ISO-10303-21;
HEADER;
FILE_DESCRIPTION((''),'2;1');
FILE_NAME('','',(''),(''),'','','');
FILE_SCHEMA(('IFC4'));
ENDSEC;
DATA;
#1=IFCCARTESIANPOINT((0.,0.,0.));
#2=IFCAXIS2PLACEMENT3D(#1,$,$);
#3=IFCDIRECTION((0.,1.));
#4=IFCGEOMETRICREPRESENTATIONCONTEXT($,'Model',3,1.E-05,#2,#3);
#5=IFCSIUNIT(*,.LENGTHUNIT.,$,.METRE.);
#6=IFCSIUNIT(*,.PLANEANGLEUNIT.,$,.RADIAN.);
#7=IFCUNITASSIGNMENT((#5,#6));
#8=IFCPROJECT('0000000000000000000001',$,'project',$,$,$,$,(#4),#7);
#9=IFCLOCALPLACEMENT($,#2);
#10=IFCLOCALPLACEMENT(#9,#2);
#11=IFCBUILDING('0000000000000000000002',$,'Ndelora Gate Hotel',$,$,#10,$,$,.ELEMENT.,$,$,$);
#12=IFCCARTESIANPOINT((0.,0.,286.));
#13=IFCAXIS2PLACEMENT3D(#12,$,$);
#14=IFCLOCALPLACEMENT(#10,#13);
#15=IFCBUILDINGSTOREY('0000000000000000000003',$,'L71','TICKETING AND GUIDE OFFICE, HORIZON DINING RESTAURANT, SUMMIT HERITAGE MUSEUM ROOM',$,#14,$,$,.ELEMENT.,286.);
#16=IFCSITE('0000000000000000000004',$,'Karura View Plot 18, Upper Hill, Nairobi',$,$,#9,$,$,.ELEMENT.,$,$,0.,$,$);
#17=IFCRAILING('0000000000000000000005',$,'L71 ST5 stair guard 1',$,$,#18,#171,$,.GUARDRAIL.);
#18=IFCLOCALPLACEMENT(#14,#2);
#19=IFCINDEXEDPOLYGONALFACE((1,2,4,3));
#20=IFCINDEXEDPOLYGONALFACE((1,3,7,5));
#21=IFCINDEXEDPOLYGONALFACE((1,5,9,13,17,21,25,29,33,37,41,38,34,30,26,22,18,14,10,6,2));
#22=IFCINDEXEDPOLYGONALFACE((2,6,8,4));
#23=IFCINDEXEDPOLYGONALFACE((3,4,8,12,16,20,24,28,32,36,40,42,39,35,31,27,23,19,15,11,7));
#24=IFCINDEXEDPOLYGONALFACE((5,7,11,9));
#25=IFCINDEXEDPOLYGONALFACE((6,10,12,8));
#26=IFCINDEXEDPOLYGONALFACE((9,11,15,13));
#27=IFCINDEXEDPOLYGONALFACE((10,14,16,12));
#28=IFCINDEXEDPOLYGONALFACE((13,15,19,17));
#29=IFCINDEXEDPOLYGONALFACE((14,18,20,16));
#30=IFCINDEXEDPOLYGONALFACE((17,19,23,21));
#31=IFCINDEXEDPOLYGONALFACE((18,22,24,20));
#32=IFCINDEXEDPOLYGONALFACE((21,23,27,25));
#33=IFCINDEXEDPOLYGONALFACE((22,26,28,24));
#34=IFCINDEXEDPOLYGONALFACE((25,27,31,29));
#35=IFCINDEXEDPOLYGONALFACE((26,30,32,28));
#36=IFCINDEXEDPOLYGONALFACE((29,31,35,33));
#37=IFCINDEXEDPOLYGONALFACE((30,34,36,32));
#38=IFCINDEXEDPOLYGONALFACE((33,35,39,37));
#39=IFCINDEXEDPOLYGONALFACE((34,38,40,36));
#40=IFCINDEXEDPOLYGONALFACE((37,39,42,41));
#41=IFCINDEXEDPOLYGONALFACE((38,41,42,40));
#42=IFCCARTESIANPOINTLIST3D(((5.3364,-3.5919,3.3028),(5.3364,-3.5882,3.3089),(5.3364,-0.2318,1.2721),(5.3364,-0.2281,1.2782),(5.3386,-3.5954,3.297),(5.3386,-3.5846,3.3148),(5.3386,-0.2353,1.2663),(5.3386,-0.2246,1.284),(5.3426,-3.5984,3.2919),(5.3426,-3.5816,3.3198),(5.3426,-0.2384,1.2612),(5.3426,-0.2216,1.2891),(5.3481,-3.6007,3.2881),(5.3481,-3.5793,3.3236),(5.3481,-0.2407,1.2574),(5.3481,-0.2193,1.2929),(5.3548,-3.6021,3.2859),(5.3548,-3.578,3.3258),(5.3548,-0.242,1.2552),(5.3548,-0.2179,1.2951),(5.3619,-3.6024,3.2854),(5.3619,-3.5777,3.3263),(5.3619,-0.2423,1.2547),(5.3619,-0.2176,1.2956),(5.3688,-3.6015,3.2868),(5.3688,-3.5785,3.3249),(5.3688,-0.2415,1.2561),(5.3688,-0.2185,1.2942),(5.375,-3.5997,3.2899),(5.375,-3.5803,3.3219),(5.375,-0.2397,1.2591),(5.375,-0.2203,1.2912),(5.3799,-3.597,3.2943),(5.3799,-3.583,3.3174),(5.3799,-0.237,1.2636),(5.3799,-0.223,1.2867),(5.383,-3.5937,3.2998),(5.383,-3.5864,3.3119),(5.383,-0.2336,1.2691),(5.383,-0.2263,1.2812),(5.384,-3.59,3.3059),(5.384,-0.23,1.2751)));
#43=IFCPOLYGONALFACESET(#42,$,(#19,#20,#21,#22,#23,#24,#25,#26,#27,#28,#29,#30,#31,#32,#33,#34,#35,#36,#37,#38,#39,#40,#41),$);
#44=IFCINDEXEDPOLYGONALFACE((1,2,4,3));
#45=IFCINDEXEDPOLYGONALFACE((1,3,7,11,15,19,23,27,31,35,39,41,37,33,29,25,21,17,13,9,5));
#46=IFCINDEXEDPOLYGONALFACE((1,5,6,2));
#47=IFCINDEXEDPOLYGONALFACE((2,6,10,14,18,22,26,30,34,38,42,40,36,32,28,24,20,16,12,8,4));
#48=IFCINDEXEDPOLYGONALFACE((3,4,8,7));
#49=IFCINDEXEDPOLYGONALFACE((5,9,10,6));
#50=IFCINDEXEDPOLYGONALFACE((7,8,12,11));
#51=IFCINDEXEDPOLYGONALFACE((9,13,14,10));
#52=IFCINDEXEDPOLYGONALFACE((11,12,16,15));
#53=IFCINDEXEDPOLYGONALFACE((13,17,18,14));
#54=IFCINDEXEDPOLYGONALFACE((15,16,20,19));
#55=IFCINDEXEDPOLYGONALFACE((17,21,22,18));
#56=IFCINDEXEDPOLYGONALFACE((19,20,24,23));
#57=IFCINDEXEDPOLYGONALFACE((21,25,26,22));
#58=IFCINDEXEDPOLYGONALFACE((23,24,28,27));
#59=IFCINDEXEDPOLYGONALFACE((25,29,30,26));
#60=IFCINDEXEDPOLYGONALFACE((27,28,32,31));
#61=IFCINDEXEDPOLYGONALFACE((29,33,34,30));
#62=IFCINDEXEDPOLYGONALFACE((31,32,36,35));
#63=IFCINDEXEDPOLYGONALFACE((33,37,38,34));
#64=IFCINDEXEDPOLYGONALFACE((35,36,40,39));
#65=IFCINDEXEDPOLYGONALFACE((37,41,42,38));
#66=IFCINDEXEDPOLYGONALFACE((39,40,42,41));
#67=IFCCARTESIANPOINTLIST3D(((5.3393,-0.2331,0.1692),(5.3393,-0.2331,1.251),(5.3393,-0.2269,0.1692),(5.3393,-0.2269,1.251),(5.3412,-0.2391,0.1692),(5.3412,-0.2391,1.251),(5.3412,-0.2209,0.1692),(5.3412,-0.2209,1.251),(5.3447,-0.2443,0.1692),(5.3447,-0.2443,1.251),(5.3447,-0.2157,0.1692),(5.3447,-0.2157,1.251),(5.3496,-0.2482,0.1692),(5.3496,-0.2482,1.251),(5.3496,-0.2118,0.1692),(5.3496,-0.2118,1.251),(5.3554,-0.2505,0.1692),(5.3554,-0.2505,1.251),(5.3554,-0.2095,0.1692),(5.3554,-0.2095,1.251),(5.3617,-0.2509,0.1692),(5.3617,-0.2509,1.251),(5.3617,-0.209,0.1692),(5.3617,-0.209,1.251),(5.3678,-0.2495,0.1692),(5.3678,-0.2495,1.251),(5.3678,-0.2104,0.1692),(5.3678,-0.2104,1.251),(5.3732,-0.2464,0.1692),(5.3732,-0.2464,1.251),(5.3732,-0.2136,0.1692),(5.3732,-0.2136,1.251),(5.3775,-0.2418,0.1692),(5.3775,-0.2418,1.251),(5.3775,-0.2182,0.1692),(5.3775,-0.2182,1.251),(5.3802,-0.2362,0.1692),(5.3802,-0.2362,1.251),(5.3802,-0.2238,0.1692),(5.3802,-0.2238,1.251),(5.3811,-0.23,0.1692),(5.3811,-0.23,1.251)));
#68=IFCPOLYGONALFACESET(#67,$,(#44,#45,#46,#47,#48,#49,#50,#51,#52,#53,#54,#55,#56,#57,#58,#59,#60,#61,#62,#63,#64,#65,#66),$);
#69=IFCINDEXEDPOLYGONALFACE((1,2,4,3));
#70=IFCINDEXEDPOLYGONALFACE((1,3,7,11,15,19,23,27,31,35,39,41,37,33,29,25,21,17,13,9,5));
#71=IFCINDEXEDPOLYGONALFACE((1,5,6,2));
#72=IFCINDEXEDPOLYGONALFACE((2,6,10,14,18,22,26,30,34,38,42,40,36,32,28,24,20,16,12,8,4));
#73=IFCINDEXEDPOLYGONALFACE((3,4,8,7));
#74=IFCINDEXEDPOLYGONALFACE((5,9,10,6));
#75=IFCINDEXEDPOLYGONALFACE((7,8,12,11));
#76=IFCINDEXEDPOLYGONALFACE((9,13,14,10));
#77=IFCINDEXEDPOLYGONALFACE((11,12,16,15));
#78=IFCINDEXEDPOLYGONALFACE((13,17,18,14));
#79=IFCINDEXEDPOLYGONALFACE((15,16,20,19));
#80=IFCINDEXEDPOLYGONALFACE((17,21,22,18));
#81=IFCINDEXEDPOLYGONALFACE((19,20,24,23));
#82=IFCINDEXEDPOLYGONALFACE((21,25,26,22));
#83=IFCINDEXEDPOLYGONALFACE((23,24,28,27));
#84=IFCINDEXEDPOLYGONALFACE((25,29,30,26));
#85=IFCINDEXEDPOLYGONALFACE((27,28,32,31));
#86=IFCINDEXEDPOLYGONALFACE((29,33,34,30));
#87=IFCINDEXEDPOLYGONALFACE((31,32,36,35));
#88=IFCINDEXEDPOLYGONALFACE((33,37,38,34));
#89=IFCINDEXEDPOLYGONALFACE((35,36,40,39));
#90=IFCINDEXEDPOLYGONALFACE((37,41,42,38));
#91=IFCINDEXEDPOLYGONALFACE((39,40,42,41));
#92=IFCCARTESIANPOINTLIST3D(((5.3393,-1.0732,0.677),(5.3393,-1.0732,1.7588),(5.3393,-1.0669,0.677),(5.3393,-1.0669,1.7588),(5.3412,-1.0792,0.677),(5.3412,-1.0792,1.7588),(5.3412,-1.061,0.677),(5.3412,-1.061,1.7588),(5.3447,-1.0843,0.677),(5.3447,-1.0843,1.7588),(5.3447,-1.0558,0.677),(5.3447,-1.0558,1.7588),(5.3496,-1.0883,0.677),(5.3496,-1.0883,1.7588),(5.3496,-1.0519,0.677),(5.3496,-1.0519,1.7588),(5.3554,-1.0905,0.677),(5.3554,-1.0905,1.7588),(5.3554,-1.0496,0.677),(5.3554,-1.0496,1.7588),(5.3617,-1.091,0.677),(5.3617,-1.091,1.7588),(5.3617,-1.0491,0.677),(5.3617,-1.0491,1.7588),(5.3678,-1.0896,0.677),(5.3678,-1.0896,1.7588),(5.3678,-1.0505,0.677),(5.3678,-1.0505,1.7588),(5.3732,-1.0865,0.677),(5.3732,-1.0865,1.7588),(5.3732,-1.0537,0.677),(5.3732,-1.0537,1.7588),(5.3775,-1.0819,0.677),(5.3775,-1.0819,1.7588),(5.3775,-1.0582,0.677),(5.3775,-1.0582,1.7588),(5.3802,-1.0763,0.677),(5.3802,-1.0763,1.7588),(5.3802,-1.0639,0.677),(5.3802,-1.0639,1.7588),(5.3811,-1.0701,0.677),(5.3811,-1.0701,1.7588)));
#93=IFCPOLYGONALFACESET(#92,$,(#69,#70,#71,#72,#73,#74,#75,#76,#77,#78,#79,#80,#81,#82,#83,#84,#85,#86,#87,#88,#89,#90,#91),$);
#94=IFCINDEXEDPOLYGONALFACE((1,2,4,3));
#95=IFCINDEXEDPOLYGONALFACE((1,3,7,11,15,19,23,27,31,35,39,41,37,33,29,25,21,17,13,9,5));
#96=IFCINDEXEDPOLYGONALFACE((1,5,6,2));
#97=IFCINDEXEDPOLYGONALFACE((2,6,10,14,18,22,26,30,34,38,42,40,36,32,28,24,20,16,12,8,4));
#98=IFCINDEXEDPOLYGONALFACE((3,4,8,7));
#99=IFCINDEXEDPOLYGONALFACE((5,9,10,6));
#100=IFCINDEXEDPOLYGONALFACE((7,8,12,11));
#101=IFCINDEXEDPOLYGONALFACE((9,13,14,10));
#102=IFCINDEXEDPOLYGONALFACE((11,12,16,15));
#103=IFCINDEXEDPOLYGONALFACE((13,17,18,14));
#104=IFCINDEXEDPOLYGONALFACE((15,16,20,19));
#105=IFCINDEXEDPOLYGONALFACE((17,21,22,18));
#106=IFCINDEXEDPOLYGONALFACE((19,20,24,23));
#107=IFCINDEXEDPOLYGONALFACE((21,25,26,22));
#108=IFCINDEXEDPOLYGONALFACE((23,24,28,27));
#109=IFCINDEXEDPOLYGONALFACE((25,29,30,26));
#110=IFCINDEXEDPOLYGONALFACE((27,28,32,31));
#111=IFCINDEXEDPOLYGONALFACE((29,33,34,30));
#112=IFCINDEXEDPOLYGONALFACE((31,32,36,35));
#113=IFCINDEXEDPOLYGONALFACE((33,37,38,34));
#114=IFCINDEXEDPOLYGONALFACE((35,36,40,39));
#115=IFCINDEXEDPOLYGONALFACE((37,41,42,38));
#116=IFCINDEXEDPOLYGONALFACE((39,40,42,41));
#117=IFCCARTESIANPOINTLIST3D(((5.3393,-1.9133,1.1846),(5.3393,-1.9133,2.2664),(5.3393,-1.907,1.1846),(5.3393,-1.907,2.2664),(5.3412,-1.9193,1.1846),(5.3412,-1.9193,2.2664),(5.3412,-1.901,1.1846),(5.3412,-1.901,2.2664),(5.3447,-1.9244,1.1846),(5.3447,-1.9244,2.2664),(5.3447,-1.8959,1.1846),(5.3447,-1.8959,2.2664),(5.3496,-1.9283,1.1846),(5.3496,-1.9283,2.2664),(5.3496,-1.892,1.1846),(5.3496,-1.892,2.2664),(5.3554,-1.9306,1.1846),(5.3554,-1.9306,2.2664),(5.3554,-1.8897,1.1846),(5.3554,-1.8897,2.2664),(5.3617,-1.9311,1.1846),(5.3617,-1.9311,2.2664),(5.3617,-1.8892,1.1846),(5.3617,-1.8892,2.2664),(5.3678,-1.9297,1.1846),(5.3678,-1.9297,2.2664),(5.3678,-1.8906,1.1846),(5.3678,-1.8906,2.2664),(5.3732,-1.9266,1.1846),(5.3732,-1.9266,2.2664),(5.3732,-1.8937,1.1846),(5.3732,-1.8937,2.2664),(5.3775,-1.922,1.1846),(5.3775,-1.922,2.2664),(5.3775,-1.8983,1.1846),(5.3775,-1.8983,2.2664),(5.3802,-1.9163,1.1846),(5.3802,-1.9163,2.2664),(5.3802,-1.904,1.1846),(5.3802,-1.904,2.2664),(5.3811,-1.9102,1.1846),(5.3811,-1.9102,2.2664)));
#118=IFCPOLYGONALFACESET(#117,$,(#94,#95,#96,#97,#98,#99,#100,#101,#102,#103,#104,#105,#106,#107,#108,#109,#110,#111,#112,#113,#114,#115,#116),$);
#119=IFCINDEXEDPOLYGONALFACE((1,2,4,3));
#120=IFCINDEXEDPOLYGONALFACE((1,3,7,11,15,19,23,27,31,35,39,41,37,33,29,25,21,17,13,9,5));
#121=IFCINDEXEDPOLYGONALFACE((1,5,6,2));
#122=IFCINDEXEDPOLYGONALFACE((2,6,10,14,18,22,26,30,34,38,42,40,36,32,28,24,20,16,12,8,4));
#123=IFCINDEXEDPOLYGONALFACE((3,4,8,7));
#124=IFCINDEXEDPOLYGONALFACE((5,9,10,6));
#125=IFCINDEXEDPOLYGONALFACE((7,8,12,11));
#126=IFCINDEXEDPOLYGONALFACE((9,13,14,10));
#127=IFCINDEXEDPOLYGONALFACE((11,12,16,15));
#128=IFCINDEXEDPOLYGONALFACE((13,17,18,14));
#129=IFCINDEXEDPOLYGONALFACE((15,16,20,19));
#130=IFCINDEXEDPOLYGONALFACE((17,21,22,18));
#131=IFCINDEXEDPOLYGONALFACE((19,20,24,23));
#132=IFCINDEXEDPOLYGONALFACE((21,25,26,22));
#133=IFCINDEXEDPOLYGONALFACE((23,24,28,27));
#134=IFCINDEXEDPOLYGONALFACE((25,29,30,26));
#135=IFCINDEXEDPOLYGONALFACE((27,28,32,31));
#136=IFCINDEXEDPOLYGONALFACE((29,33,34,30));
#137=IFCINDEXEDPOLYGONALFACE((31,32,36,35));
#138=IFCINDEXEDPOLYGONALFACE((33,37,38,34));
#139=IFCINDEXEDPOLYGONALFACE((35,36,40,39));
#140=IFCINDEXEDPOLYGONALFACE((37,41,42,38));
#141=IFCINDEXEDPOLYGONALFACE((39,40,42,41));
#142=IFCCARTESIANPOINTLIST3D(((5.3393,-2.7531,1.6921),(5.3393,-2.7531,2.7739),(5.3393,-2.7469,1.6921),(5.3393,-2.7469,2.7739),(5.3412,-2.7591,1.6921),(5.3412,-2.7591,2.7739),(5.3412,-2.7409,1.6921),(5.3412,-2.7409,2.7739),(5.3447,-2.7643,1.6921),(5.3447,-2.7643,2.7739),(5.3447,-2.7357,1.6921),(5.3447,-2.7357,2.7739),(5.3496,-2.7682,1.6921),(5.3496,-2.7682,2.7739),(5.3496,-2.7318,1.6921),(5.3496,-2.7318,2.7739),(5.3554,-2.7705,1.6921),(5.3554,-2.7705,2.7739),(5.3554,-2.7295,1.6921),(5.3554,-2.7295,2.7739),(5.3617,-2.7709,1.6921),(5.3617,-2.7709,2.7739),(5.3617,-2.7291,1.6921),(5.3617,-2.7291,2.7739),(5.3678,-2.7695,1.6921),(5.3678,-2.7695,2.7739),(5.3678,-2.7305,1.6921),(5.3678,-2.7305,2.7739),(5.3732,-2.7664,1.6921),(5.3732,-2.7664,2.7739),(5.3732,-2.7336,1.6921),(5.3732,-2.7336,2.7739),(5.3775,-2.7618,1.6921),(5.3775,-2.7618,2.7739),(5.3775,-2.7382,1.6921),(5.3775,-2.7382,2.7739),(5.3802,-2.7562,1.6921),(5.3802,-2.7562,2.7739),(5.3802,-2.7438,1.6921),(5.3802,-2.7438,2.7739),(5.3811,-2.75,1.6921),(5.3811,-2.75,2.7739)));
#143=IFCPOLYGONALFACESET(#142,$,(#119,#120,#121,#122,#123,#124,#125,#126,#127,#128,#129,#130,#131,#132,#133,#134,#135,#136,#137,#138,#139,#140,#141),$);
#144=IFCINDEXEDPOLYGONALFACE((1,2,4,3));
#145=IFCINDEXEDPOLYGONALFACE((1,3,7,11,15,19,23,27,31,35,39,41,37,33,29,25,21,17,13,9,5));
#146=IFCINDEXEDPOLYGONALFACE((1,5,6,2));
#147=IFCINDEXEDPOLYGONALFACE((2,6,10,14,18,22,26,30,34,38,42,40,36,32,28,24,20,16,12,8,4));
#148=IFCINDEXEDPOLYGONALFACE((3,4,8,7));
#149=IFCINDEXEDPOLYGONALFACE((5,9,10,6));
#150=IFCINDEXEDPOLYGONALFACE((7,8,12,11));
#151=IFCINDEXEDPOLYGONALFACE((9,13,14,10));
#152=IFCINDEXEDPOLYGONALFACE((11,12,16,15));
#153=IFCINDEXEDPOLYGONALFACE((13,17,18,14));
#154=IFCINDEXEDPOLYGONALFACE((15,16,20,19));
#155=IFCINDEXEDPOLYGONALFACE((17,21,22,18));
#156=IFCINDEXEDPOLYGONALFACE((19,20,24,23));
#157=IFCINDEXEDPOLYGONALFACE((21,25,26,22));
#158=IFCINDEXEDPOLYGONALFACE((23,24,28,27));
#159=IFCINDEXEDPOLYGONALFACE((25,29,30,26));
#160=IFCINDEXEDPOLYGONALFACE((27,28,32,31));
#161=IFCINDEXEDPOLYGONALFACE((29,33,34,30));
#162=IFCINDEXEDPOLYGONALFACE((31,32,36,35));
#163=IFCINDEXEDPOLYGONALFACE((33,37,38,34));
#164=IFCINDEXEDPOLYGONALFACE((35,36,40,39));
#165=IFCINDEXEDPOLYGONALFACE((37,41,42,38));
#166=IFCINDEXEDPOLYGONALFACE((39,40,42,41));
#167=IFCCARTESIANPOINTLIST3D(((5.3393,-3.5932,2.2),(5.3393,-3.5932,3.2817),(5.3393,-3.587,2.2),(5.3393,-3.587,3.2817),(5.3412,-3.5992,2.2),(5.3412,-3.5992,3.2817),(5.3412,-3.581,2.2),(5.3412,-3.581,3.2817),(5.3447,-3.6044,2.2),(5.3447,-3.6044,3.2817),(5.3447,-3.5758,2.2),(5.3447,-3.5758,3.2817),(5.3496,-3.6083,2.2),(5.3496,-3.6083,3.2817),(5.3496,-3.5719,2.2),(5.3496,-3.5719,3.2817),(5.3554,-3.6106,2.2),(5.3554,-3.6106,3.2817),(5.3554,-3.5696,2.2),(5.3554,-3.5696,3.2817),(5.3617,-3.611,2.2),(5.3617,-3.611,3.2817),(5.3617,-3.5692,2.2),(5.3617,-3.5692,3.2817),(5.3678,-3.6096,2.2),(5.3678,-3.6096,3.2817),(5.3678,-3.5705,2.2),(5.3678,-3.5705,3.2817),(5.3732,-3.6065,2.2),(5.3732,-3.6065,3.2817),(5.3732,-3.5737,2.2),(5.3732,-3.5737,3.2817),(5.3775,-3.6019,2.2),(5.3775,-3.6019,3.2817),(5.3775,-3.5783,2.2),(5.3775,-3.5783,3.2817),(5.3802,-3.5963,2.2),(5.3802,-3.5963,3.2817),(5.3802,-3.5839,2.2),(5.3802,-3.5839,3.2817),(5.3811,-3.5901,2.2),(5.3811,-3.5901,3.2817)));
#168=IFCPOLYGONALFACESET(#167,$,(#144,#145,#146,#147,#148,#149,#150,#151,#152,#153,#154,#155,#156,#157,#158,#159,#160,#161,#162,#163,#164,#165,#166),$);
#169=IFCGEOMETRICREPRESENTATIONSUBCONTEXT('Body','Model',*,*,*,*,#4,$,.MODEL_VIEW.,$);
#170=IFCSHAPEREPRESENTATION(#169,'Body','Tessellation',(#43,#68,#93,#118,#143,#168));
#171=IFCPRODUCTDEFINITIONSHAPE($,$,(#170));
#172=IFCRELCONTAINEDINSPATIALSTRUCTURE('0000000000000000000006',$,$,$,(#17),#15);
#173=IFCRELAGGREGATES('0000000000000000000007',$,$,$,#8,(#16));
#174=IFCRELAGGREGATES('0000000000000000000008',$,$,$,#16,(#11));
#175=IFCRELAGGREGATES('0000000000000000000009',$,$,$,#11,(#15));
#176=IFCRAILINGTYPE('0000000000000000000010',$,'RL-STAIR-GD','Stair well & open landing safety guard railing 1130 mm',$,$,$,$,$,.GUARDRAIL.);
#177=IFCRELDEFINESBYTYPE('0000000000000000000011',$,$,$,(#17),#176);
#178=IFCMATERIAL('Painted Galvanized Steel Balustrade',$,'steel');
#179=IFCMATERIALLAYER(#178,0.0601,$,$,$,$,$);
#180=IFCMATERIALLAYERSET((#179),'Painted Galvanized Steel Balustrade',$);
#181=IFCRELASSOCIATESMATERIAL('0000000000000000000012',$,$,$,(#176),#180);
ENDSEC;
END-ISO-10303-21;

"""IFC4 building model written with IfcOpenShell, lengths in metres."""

from ifc_helpers import new_model, si_unit, direction, frame, origin, origin_2d, place, context, subcontext, project, spatial, circle, extrude, material, layer, layer_set, type_object, element, save


model = new_model("IFC4")

# Units and contexts
model_context = context("Model", 3, precision=1e-05, world=origin(), true_north=direction((0.0, 1.0)))
body_context = subcontext(model_context, "Body", "Model", "MODEL_VIEW")
ifc_project = project(units=[si_unit("LENGTHUNIT", "METRE"), si_unit("PLANEANGLEUNIT", "RADIAN")], contexts=[model_context])

# Site, building, storey
site_placement = place(None, origin())
site = spatial("IfcSite", under=ifc_project, at=site_placement, Name="Karura View Plot 18, Upper Hill, Nairobi", CompositionType="ELEMENT", RefElevation=0.0)
building_placement = place(site_placement, origin())
building = spatial("IfcBuilding", under=site, at=building_placement, Name="Ndelora Gate Hotel", CompositionType="ELEMENT")
storey_placement = place(building_placement, frame((0.0, 0.0, 286.0)))
storey = spatial("IfcBuildingStorey", under=building, at=storey_placement, Name="L71", Description="TICKETING AND GUIDE OFFICE, HORIZON DINING RESTAURANT, SUMMIT HERITAGE MUSEUM ROOM", CompositionType="ELEMENT", Elevation=286.0)

# Railing
ifc_material_1 = material(Name="Painted Galvanized Steel Balustrade", Category="steel")
ifc_layer_1 = layer(ifc_material_1, 0.0601)
ifc_layer_set_1 = layer_set([ifc_layer_1], Name="Painted Galvanized Steel Balustrade")
railing_type_1 = type_object("IfcRailingType", Name="RL-STAIR-GD", Description="Stair well & open landing safety guard railing 1130 mm", PredefinedType="GUARDRAIL", material=ifc_layer_set_1)
railing_1_placement = place(storey_placement, frame((5.3601, -0.23, 0.1692)))
element("IfcRailing", 1, at=railing_1_placement, inside=storey, type_object=railing_type_1, Name="L71 ST5 stair guard 1", PredefinedType="GUARDRAIL", context=body_context, shape_type="SweptSolid", body=[
    extrude(circle(Radius=0.0239, at=origin_2d()), frame((0.0, 0.0, 1.106), z_axis=(0.0, -0.855837, 0.517246), x_axis=(1.0, 0.0, 0.0)), (0.0, 0.0, 1.0), 3.926),
    extrude(circle(Radius=0.021, at=origin_2d()), origin(), (0.0, 0.0, 1.0), 1.0818),
    extrude(circle(Radius=0.021, at=origin_2d()), frame((0.0, -0.8401, 0.5078)), (0.0, 0.0, 1.0), 1.0818),
    extrude(circle(Radius=0.021, at=origin_2d()), frame((0.0, -1.6802, 1.0154)), (0.0, 0.0, 1.0), 1.0818),
    extrude(circle(Radius=0.021, at=origin_2d()), frame((0.0, -2.52, 1.5229)), (0.0, 0.0, 1.0), 1.0818),
    extrude(circle(Radius=0.021, at=origin_2d()), frame((0.0, -3.3601, 2.0308)), (0.0, 0.0, 1.0), 1.0818),
])

save(model, "model.ifc")
